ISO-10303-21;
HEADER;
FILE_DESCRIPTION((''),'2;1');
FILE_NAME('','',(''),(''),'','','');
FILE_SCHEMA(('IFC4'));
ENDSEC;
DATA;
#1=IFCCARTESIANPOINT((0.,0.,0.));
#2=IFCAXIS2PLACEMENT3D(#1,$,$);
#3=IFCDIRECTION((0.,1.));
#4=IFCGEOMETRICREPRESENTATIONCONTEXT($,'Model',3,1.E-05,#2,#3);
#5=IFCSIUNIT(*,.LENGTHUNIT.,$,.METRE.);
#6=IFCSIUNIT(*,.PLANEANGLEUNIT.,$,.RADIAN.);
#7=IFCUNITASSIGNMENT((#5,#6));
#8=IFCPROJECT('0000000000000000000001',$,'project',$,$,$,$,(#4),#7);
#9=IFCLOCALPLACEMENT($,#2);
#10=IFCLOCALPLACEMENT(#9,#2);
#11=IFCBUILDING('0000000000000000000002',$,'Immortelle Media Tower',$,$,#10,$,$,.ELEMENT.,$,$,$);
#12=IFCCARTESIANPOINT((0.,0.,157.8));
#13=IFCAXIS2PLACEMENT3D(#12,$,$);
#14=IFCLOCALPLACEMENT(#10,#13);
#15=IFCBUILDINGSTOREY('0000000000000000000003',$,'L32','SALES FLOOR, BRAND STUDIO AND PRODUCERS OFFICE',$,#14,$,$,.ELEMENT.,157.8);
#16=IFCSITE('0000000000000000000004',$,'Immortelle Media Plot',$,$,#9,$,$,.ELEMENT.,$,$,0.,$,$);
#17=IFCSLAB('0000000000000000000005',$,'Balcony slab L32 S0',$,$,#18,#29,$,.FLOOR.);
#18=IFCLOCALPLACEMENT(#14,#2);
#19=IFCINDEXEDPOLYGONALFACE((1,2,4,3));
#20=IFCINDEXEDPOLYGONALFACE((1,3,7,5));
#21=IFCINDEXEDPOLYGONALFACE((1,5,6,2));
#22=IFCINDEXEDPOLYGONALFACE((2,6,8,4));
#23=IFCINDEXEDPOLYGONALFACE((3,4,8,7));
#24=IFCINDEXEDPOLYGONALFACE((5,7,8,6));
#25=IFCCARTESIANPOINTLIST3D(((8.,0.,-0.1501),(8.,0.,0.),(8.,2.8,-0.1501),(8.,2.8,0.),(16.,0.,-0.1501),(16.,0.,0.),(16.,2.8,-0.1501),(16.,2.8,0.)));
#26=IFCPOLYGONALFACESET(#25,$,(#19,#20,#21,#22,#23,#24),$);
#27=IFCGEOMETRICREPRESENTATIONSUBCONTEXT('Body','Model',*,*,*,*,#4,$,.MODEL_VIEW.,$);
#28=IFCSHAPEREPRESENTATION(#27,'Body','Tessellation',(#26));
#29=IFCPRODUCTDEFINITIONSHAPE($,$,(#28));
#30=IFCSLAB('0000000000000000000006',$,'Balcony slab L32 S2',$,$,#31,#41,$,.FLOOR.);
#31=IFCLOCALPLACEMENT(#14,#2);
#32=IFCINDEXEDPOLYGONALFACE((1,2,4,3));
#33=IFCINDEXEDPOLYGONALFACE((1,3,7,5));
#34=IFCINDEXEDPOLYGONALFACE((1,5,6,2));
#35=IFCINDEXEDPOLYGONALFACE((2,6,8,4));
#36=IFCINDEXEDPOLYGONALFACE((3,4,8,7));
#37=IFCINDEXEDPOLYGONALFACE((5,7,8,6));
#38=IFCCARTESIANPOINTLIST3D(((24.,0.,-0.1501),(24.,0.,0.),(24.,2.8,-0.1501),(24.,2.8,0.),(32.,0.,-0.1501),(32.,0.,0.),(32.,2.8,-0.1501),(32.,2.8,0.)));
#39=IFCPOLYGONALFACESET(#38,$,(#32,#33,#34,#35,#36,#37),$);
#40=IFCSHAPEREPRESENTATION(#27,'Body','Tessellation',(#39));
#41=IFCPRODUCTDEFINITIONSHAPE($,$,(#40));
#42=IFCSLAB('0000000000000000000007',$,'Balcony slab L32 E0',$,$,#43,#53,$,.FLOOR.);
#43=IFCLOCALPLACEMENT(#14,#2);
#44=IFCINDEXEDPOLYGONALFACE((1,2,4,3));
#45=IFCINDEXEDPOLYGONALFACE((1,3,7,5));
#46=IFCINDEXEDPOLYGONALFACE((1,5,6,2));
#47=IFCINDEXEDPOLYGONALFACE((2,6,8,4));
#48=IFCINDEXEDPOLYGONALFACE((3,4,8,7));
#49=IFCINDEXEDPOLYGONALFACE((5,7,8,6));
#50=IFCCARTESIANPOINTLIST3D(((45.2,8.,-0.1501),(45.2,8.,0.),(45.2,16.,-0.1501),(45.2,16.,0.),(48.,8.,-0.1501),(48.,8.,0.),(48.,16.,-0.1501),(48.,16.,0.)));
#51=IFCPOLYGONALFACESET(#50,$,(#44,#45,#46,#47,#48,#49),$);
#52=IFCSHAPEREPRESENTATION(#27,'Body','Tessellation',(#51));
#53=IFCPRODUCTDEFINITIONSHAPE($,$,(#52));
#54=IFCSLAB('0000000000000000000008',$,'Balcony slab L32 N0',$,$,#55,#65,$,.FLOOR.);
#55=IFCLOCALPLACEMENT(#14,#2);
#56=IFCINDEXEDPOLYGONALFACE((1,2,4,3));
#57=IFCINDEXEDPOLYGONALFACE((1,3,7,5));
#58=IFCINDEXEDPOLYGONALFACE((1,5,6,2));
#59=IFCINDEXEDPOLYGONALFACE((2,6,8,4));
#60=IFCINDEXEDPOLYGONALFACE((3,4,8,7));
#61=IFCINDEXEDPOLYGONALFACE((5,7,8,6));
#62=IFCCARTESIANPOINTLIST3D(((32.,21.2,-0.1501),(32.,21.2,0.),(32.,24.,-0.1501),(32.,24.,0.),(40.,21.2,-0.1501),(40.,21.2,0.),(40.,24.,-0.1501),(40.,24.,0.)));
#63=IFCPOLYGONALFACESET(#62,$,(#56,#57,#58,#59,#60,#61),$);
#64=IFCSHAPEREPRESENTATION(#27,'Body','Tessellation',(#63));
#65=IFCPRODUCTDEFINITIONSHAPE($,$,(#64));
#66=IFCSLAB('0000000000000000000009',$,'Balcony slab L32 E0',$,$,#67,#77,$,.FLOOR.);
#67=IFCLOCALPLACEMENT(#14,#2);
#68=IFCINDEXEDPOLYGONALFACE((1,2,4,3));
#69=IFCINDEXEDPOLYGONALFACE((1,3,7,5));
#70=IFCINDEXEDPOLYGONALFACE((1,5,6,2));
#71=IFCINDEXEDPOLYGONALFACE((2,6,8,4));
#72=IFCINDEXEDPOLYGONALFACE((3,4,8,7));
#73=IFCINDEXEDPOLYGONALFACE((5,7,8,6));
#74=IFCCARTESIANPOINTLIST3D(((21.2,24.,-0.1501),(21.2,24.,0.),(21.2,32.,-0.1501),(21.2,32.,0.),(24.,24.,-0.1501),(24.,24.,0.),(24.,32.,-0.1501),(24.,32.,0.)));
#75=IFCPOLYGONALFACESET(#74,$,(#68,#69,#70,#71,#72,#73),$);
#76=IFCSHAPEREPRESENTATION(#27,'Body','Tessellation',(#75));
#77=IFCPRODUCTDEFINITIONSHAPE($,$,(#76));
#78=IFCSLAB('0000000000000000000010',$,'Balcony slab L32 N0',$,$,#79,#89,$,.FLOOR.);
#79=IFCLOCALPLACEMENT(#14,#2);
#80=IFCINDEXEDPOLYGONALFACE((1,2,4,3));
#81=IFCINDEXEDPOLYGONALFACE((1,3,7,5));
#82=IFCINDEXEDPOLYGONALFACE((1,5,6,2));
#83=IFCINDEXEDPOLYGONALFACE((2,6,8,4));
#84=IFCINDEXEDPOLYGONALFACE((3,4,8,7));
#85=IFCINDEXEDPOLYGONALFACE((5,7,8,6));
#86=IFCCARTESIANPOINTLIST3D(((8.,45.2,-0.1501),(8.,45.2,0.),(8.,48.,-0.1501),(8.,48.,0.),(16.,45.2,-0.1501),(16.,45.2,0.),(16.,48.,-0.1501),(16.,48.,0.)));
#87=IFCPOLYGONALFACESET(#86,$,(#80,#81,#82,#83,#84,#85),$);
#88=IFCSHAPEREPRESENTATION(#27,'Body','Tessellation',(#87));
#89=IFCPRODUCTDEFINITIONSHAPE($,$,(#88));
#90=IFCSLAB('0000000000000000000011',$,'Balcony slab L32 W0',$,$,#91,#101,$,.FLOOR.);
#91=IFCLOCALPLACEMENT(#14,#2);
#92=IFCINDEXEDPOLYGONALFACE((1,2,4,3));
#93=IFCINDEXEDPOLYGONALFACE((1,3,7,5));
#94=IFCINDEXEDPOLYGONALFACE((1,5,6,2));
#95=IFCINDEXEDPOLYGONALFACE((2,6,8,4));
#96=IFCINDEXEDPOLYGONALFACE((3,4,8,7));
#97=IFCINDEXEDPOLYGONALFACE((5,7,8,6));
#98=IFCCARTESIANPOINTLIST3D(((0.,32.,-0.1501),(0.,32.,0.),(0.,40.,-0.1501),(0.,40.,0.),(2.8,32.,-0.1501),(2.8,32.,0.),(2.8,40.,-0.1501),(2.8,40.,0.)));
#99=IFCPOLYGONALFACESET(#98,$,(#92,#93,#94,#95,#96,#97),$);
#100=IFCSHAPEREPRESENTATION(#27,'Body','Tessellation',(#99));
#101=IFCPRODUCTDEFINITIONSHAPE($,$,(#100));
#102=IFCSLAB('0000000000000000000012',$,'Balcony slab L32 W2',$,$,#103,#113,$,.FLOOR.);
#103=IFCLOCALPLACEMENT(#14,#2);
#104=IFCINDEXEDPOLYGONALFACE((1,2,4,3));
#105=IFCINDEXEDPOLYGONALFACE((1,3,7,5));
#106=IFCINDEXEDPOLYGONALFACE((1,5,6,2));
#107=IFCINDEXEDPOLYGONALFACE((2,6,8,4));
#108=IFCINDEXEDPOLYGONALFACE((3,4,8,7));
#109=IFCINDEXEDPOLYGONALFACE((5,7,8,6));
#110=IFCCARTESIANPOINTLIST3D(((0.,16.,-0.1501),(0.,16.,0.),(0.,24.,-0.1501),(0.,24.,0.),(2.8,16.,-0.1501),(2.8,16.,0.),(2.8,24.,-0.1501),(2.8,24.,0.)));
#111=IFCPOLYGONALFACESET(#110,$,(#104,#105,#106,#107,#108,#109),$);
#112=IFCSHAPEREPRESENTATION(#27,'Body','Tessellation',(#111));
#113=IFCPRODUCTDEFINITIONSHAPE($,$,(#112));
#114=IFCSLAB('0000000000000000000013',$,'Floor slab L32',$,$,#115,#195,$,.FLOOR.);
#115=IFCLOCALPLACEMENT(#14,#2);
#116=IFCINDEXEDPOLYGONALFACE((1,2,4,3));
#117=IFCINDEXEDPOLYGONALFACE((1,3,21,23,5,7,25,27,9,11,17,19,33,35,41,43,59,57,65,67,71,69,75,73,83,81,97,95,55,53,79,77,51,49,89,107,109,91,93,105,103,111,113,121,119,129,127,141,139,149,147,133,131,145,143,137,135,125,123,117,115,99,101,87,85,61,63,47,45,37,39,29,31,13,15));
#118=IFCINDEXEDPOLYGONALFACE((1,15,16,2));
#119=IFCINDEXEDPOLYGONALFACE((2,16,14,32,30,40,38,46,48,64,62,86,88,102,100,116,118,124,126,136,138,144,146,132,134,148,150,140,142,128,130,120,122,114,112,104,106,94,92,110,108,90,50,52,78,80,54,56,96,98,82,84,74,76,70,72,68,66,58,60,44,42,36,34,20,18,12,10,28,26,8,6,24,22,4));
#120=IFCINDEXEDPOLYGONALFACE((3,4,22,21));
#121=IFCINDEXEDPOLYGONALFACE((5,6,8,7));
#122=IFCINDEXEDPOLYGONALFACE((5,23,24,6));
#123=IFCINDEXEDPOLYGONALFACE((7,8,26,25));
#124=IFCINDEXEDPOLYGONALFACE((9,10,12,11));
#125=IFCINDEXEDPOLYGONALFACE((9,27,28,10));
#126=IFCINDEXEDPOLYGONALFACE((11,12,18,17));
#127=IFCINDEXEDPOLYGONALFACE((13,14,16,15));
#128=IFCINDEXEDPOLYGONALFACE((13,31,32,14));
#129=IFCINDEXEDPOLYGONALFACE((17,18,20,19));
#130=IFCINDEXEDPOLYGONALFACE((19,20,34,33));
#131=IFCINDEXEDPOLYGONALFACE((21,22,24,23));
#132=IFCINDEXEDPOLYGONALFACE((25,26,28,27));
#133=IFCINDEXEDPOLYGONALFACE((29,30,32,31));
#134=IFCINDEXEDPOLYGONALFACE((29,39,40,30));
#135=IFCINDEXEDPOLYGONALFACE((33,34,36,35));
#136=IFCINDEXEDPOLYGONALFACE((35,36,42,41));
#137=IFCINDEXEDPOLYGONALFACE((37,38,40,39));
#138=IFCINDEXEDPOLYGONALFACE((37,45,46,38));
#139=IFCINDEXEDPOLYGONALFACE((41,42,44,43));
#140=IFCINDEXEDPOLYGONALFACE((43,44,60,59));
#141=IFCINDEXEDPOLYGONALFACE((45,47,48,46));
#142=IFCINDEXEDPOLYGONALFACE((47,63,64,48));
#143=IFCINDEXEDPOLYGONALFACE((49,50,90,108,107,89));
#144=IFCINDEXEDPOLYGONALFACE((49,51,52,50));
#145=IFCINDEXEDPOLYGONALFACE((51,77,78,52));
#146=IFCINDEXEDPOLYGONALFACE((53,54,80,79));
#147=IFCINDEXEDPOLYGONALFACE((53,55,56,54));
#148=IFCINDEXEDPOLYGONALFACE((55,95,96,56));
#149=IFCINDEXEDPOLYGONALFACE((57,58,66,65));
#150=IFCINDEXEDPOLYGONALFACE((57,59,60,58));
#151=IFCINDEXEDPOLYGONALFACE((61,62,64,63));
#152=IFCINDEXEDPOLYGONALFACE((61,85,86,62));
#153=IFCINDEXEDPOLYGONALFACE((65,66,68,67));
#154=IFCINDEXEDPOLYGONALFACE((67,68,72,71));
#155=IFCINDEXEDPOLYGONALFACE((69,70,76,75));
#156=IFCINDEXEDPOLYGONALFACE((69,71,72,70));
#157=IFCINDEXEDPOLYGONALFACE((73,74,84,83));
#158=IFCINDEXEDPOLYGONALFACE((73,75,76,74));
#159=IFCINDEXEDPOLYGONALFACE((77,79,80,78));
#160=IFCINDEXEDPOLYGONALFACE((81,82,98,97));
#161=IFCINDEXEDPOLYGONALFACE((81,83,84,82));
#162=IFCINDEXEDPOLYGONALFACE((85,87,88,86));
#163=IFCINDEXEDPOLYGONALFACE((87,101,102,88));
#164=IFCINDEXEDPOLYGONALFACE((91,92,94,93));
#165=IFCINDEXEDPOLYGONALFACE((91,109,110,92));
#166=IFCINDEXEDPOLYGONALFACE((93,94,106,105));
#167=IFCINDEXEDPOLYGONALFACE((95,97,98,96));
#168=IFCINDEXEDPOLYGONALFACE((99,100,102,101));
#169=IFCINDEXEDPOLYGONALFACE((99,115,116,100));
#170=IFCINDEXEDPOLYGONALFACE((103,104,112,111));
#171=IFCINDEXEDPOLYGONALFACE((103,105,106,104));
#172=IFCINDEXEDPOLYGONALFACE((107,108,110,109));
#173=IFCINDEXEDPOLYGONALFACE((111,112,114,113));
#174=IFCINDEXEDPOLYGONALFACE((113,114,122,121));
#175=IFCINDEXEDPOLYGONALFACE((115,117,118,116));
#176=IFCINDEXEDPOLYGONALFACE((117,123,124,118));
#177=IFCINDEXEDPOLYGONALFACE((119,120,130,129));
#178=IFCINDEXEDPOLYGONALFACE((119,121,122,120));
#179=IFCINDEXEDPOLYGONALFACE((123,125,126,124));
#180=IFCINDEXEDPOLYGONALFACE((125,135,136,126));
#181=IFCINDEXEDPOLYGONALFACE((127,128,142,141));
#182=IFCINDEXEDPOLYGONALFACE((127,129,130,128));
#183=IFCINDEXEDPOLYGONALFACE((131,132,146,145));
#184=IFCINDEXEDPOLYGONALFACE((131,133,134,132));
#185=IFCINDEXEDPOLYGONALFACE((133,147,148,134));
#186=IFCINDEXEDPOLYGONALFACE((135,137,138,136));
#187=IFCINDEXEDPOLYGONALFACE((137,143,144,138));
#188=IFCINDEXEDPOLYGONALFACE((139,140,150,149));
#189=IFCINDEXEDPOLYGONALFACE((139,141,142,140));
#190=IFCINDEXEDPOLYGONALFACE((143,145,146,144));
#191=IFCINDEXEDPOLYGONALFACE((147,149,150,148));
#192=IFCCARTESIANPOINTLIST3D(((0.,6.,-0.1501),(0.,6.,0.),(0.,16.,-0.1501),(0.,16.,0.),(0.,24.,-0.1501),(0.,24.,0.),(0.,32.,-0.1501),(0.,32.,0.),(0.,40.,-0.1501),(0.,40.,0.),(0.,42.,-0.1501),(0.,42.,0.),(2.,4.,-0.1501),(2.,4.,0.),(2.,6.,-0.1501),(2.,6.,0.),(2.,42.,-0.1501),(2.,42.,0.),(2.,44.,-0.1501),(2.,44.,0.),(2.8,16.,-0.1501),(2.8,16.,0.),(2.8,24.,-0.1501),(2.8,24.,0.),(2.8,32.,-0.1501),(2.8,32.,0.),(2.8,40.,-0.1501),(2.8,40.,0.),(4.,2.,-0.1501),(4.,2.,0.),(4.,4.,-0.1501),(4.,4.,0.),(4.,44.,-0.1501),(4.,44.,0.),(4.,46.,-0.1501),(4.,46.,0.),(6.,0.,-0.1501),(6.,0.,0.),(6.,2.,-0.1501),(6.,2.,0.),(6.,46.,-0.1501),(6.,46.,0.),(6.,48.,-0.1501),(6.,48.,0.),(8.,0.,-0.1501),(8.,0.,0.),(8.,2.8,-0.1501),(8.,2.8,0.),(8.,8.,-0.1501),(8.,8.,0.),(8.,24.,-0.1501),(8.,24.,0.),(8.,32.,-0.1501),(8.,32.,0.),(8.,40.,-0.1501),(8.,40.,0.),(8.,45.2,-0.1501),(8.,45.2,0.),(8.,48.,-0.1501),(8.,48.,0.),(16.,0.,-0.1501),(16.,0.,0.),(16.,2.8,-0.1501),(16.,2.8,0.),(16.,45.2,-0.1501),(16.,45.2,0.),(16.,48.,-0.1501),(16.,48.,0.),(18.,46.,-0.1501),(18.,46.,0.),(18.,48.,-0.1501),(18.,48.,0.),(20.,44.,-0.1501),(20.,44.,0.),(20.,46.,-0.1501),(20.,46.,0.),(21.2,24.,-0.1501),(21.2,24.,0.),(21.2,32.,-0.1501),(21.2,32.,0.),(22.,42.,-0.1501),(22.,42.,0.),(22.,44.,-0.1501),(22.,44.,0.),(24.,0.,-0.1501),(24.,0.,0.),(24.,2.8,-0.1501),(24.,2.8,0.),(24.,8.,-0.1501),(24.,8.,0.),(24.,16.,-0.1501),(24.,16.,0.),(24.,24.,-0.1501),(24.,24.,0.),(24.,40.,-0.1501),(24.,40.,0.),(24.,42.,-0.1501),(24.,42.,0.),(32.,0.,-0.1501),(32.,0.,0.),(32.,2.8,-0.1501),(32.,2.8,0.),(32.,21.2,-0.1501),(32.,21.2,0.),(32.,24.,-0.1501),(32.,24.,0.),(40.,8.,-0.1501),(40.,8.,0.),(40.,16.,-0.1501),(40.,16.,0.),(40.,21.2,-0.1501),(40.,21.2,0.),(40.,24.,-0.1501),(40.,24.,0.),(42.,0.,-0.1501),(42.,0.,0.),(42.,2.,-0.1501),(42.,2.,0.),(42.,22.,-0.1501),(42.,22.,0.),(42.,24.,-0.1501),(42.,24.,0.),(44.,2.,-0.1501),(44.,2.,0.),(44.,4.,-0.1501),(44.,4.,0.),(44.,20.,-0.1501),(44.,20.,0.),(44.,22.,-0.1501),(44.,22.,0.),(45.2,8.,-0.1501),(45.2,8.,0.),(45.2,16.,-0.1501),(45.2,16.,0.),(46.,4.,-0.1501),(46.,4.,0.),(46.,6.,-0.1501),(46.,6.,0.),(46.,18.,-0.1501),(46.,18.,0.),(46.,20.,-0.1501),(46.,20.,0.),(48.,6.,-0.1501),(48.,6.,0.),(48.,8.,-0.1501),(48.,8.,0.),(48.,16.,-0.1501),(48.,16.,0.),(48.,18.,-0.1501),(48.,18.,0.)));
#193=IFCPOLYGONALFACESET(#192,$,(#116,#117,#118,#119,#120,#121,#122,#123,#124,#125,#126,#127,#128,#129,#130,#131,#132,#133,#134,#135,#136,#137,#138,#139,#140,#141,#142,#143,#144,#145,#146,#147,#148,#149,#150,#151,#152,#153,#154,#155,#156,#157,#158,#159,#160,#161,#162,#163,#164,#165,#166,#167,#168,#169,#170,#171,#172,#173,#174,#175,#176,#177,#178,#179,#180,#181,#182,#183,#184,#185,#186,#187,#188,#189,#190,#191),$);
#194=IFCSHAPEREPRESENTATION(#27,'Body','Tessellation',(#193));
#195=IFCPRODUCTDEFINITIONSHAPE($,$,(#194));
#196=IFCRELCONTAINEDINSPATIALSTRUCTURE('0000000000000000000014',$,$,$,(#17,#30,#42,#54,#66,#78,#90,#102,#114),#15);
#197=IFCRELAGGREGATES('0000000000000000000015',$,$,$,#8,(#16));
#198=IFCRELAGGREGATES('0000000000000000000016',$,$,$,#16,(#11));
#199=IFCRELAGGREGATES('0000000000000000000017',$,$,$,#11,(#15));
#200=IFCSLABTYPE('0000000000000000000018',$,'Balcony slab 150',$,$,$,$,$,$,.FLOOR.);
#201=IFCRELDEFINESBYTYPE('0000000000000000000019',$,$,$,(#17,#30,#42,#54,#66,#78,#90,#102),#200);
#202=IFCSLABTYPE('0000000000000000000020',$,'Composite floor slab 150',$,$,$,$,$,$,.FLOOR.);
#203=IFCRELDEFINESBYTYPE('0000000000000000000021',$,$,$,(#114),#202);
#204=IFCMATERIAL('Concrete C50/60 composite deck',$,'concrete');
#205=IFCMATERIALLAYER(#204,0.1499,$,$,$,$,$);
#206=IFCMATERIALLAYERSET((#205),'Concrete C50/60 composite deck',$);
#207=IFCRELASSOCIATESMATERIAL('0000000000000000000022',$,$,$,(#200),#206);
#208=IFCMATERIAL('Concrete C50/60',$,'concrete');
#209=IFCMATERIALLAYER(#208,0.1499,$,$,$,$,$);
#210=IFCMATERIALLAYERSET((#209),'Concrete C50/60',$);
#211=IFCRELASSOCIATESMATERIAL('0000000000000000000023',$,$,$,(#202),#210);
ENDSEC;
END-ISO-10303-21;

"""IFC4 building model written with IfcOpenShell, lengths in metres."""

from ifc_helpers import new_model, si_unit, direction, frame, origin, place, context, subcontext, project, spatial, polyline, outline, extrude, material, layer, layer_set, type_object, element, save


model = new_model("IFC4")

# Units and contexts
model_context = context("Model", 3, precision=1e-05, world=origin(), true_north=direction((0.0, 1.0)))
body_context = subcontext(model_context, "Body", "Model", "MODEL_VIEW")
ifc_project = project(units=[si_unit("LENGTHUNIT", "METRE"), si_unit("PLANEANGLEUNIT", "RADIAN")], contexts=[model_context])

# Site, building, storey
site_placement = place(None, origin())
site = spatial("IfcSite", under=ifc_project, at=site_placement, Name="Immortelle Media Plot", CompositionType="ELEMENT", RefElevation=0.0)
building_placement = place(site_placement, origin())
building = spatial("IfcBuilding", under=site, at=building_placement, Name="Immortelle Media Tower", CompositionType="ELEMENT")
storey_placement = place(building_placement, frame((0.0, 0.0, 157.8)))
storey = spatial("IfcBuildingStorey", under=building, at=storey_placement, Name="L32", Description="SALES FLOOR, BRAND STUDIO AND PRODUCERS OFFICE", CompositionType="ELEMENT", Elevation=157.8)

# Slabs
ifc_material_1 = material(Name="Concrete C50/60 composite deck", Category="concrete")
ifc_layer_1 = layer(ifc_material_1, 0.1499)
ifc_layer_set_1 = layer_set([ifc_layer_1], Name="Concrete C50/60 composite deck")
slab_type_1 = type_object("IfcSlabType", Name="Balcony slab 150", PredefinedType="FLOOR", material=ifc_layer_set_1)
slab_1_placement = place(storey_placement, frame((0.0, 0.0, -0.1501)))
element("IfcSlab", 1, at=slab_1_placement, inside=storey, type_object=slab_type_1, Name="Balcony slab L32 S0", PredefinedType="FLOOR", context=body_context, shape_type="SweptSolid", body=[
    extrude(outline(polyline([(16.0, 0.0), (16.0, 2.8), (8.0, 2.8), (8.0, 0.0), (16.0, 0.0)])), origin(), (0.0, 0.0, 1.0), 0.1501),
])
slab_2_placement = place(storey_placement, frame((0.0, 0.0, -0.1501)))
element("IfcSlab", 2, at=slab_2_placement, inside=storey, type_object=slab_type_1, Name="Balcony slab L32 S2", PredefinedType="FLOOR", context=body_context, shape_type="SweptSolid", body=[
    extrude(outline(polyline([(32.0, 0.0), (32.0, 2.8), (24.0, 2.8), (24.0, 0.0), (32.0, 0.0)])), origin(), (0.0, 0.0, 1.0), 0.1501),
])
slab_3_placement = place(storey_placement, frame((0.0, 0.0, -0.1501)))
element("IfcSlab", 3, at=slab_3_placement, inside=storey, type_object=slab_type_1, Name="Balcony slab L32 E0", PredefinedType="FLOOR", context=body_context, shape_type="SweptSolid", body=[
    extrude(outline(polyline([(48.0, 8.0), (48.0, 16.0), (45.2, 16.0), (45.2, 8.0), (48.0, 8.0)])), origin(), (0.0, 0.0, 1.0), 0.1501),
])
slab_4_placement = place(storey_placement, frame((0.0, 0.0, -0.1501)))
element("IfcSlab", 4, at=slab_4_placement, inside=storey, type_object=slab_type_1, Name="Balcony slab L32 N0", PredefinedType="FLOOR", context=body_context, shape_type="SweptSolid", body=[
    extrude(outline(polyline([(40.0, 21.2), (40.0, 24.0), (32.0, 24.0), (32.0, 21.2), (40.0, 21.2)])), origin(), (0.0, 0.0, 1.0), 0.1501),
])
slab_5_placement = place(storey_placement, frame((0.0, 0.0, -0.1501)))
element("IfcSlab", 5, at=slab_5_placement, inside=storey, type_object=slab_type_1, Name="Balcony slab L32 E0", PredefinedType="FLOOR", context=body_context, shape_type="SweptSolid", body=[
    extrude(outline(polyline([(24.0, 24.0), (24.0, 32.0), (21.2, 32.0), (21.2, 24.0), (24.0, 24.0)])), origin(), (0.0, 0.0, 1.0), 0.1501),
])
slab_6_placement = place(storey_placement, frame((0.0, 0.0, -0.1501)))
element("IfcSlab", 6, at=slab_6_placement, inside=storey, type_object=slab_type_1, Name="Balcony slab L32 N0", PredefinedType="FLOOR", context=body_context, shape_type="SweptSolid", body=[
    extrude(outline(polyline([(16.0, 45.2), (16.0, 48.0), (8.0, 48.0), (8.0, 45.2), (16.0, 45.2)])), origin(), (0.0, 0.0, 1.0), 0.1501),
])
slab_7_placement = place(storey_placement, frame((0.0, 0.0, -0.1501)))
element("IfcSlab", 7, at=slab_7_placement, inside=storey, type_object=slab_type_1, Name="Balcony slab L32 W0", PredefinedType="FLOOR", context=body_context, shape_type="SweptSolid", body=[
    extrude(outline(polyline([(2.8, 32.0), (2.8, 40.0), (0.0, 40.0), (0.0, 32.0), (2.8, 32.0)])), origin(), (0.0, 0.0, 1.0), 0.1501),
])
slab_8_placement = place(storey_placement, frame((0.0, 0.0, -0.1501)))
element("IfcSlab", 8, at=slab_8_placement, inside=storey, type_object=slab_type_1, Name="Balcony slab L32 W2", PredefinedType="FLOOR", context=body_context, shape_type="SweptSolid", body=[
    extrude(outline(polyline([(2.8, 16.0), (2.8, 24.0), (0.0, 24.0), (0.0, 16.0), (2.8, 16.0)])), origin(), (0.0, 0.0, 1.0), 0.1501),
])
ifc_material_2 = material(Name="Concrete C50/60", Category="concrete")
ifc_layer_2 = layer(ifc_material_2, 0.1499)
ifc_layer_set_2 = layer_set([ifc_layer_2], Name="Concrete C50/60")
slab_type_2 = type_object("IfcSlabType", Name="Composite floor slab 150", PredefinedType="FLOOR", material=ifc_layer_set_2)
slab_9_placement = place(storey_placement, frame((0.0, 0.0, -0.1501)))
element("IfcSlab", 9, at=slab_9_placement, inside=storey, type_object=slab_type_2, Name="Floor slab L32", PredefinedType="FLOOR", context=body_context, shape_type="SweptSolid", body=[
    extrude(outline(polyline([(6.0, 0.0), (6.0, 2.0), (4.0, 2.0), (4.0, 4.0), (2.0, 4.0), (2.0, 6.0), (0.0, 6.0), (0.0, 16.0), (2.8, 16.0), (2.8, 24.0), (0.0, 24.0), (0.0, 32.0), (2.8, 32.0), (2.8, 40.0), (0.0, 40.0), (0.0, 42.0), (2.0, 42.0), (2.0, 44.0), (4.0, 44.0), (4.0, 46.0), (6.0, 46.0), (6.0, 48.0), (8.0, 48.0), (8.0, 45.2), (16.0, 45.2), (16.0, 48.0), (18.0, 48.0), (18.0, 46.0), (20.0, 46.0), (20.0, 44.0), (22.0, 44.0), (22.0, 42.0), (24.0, 42.0), (24.0, 40.0), (8.0, 40.0), (8.0, 32.0), (21.2, 32.0), (21.2, 24.0), (8.0, 24.0), (8.0, 8.0), (24.0, 8.0), (40.0, 8.0), (40.0, 16.0), (24.0, 16.0), (24.0, 24.0), (32.0, 24.0), (32.0, 21.2), (40.0, 21.2), (40.0, 24.0), (42.0, 24.0), (42.0, 22.0), (44.0, 22.0), (44.0, 20.0), (46.0, 20.0), (46.0, 18.0), (48.0, 18.0), (48.0, 16.0), (45.2, 16.0), (45.2, 8.0), (48.0, 8.0), (48.0, 6.0), (46.0, 6.0), (46.0, 4.0), (44.0, 4.0), (44.0, 2.0), (42.0, 2.0), (42.0, 0.0), (32.0, 0.0), (32.0, 2.8), (24.0, 2.8), (24.0, 0.0), (16.0, 0.0), (16.0, 2.8), (8.0, 2.8), (8.0, 0.0), (6.0, 0.0)])), origin(), (0.0, 0.0, 1.0), 0.1501),
])

save(model, "model.ifc")
